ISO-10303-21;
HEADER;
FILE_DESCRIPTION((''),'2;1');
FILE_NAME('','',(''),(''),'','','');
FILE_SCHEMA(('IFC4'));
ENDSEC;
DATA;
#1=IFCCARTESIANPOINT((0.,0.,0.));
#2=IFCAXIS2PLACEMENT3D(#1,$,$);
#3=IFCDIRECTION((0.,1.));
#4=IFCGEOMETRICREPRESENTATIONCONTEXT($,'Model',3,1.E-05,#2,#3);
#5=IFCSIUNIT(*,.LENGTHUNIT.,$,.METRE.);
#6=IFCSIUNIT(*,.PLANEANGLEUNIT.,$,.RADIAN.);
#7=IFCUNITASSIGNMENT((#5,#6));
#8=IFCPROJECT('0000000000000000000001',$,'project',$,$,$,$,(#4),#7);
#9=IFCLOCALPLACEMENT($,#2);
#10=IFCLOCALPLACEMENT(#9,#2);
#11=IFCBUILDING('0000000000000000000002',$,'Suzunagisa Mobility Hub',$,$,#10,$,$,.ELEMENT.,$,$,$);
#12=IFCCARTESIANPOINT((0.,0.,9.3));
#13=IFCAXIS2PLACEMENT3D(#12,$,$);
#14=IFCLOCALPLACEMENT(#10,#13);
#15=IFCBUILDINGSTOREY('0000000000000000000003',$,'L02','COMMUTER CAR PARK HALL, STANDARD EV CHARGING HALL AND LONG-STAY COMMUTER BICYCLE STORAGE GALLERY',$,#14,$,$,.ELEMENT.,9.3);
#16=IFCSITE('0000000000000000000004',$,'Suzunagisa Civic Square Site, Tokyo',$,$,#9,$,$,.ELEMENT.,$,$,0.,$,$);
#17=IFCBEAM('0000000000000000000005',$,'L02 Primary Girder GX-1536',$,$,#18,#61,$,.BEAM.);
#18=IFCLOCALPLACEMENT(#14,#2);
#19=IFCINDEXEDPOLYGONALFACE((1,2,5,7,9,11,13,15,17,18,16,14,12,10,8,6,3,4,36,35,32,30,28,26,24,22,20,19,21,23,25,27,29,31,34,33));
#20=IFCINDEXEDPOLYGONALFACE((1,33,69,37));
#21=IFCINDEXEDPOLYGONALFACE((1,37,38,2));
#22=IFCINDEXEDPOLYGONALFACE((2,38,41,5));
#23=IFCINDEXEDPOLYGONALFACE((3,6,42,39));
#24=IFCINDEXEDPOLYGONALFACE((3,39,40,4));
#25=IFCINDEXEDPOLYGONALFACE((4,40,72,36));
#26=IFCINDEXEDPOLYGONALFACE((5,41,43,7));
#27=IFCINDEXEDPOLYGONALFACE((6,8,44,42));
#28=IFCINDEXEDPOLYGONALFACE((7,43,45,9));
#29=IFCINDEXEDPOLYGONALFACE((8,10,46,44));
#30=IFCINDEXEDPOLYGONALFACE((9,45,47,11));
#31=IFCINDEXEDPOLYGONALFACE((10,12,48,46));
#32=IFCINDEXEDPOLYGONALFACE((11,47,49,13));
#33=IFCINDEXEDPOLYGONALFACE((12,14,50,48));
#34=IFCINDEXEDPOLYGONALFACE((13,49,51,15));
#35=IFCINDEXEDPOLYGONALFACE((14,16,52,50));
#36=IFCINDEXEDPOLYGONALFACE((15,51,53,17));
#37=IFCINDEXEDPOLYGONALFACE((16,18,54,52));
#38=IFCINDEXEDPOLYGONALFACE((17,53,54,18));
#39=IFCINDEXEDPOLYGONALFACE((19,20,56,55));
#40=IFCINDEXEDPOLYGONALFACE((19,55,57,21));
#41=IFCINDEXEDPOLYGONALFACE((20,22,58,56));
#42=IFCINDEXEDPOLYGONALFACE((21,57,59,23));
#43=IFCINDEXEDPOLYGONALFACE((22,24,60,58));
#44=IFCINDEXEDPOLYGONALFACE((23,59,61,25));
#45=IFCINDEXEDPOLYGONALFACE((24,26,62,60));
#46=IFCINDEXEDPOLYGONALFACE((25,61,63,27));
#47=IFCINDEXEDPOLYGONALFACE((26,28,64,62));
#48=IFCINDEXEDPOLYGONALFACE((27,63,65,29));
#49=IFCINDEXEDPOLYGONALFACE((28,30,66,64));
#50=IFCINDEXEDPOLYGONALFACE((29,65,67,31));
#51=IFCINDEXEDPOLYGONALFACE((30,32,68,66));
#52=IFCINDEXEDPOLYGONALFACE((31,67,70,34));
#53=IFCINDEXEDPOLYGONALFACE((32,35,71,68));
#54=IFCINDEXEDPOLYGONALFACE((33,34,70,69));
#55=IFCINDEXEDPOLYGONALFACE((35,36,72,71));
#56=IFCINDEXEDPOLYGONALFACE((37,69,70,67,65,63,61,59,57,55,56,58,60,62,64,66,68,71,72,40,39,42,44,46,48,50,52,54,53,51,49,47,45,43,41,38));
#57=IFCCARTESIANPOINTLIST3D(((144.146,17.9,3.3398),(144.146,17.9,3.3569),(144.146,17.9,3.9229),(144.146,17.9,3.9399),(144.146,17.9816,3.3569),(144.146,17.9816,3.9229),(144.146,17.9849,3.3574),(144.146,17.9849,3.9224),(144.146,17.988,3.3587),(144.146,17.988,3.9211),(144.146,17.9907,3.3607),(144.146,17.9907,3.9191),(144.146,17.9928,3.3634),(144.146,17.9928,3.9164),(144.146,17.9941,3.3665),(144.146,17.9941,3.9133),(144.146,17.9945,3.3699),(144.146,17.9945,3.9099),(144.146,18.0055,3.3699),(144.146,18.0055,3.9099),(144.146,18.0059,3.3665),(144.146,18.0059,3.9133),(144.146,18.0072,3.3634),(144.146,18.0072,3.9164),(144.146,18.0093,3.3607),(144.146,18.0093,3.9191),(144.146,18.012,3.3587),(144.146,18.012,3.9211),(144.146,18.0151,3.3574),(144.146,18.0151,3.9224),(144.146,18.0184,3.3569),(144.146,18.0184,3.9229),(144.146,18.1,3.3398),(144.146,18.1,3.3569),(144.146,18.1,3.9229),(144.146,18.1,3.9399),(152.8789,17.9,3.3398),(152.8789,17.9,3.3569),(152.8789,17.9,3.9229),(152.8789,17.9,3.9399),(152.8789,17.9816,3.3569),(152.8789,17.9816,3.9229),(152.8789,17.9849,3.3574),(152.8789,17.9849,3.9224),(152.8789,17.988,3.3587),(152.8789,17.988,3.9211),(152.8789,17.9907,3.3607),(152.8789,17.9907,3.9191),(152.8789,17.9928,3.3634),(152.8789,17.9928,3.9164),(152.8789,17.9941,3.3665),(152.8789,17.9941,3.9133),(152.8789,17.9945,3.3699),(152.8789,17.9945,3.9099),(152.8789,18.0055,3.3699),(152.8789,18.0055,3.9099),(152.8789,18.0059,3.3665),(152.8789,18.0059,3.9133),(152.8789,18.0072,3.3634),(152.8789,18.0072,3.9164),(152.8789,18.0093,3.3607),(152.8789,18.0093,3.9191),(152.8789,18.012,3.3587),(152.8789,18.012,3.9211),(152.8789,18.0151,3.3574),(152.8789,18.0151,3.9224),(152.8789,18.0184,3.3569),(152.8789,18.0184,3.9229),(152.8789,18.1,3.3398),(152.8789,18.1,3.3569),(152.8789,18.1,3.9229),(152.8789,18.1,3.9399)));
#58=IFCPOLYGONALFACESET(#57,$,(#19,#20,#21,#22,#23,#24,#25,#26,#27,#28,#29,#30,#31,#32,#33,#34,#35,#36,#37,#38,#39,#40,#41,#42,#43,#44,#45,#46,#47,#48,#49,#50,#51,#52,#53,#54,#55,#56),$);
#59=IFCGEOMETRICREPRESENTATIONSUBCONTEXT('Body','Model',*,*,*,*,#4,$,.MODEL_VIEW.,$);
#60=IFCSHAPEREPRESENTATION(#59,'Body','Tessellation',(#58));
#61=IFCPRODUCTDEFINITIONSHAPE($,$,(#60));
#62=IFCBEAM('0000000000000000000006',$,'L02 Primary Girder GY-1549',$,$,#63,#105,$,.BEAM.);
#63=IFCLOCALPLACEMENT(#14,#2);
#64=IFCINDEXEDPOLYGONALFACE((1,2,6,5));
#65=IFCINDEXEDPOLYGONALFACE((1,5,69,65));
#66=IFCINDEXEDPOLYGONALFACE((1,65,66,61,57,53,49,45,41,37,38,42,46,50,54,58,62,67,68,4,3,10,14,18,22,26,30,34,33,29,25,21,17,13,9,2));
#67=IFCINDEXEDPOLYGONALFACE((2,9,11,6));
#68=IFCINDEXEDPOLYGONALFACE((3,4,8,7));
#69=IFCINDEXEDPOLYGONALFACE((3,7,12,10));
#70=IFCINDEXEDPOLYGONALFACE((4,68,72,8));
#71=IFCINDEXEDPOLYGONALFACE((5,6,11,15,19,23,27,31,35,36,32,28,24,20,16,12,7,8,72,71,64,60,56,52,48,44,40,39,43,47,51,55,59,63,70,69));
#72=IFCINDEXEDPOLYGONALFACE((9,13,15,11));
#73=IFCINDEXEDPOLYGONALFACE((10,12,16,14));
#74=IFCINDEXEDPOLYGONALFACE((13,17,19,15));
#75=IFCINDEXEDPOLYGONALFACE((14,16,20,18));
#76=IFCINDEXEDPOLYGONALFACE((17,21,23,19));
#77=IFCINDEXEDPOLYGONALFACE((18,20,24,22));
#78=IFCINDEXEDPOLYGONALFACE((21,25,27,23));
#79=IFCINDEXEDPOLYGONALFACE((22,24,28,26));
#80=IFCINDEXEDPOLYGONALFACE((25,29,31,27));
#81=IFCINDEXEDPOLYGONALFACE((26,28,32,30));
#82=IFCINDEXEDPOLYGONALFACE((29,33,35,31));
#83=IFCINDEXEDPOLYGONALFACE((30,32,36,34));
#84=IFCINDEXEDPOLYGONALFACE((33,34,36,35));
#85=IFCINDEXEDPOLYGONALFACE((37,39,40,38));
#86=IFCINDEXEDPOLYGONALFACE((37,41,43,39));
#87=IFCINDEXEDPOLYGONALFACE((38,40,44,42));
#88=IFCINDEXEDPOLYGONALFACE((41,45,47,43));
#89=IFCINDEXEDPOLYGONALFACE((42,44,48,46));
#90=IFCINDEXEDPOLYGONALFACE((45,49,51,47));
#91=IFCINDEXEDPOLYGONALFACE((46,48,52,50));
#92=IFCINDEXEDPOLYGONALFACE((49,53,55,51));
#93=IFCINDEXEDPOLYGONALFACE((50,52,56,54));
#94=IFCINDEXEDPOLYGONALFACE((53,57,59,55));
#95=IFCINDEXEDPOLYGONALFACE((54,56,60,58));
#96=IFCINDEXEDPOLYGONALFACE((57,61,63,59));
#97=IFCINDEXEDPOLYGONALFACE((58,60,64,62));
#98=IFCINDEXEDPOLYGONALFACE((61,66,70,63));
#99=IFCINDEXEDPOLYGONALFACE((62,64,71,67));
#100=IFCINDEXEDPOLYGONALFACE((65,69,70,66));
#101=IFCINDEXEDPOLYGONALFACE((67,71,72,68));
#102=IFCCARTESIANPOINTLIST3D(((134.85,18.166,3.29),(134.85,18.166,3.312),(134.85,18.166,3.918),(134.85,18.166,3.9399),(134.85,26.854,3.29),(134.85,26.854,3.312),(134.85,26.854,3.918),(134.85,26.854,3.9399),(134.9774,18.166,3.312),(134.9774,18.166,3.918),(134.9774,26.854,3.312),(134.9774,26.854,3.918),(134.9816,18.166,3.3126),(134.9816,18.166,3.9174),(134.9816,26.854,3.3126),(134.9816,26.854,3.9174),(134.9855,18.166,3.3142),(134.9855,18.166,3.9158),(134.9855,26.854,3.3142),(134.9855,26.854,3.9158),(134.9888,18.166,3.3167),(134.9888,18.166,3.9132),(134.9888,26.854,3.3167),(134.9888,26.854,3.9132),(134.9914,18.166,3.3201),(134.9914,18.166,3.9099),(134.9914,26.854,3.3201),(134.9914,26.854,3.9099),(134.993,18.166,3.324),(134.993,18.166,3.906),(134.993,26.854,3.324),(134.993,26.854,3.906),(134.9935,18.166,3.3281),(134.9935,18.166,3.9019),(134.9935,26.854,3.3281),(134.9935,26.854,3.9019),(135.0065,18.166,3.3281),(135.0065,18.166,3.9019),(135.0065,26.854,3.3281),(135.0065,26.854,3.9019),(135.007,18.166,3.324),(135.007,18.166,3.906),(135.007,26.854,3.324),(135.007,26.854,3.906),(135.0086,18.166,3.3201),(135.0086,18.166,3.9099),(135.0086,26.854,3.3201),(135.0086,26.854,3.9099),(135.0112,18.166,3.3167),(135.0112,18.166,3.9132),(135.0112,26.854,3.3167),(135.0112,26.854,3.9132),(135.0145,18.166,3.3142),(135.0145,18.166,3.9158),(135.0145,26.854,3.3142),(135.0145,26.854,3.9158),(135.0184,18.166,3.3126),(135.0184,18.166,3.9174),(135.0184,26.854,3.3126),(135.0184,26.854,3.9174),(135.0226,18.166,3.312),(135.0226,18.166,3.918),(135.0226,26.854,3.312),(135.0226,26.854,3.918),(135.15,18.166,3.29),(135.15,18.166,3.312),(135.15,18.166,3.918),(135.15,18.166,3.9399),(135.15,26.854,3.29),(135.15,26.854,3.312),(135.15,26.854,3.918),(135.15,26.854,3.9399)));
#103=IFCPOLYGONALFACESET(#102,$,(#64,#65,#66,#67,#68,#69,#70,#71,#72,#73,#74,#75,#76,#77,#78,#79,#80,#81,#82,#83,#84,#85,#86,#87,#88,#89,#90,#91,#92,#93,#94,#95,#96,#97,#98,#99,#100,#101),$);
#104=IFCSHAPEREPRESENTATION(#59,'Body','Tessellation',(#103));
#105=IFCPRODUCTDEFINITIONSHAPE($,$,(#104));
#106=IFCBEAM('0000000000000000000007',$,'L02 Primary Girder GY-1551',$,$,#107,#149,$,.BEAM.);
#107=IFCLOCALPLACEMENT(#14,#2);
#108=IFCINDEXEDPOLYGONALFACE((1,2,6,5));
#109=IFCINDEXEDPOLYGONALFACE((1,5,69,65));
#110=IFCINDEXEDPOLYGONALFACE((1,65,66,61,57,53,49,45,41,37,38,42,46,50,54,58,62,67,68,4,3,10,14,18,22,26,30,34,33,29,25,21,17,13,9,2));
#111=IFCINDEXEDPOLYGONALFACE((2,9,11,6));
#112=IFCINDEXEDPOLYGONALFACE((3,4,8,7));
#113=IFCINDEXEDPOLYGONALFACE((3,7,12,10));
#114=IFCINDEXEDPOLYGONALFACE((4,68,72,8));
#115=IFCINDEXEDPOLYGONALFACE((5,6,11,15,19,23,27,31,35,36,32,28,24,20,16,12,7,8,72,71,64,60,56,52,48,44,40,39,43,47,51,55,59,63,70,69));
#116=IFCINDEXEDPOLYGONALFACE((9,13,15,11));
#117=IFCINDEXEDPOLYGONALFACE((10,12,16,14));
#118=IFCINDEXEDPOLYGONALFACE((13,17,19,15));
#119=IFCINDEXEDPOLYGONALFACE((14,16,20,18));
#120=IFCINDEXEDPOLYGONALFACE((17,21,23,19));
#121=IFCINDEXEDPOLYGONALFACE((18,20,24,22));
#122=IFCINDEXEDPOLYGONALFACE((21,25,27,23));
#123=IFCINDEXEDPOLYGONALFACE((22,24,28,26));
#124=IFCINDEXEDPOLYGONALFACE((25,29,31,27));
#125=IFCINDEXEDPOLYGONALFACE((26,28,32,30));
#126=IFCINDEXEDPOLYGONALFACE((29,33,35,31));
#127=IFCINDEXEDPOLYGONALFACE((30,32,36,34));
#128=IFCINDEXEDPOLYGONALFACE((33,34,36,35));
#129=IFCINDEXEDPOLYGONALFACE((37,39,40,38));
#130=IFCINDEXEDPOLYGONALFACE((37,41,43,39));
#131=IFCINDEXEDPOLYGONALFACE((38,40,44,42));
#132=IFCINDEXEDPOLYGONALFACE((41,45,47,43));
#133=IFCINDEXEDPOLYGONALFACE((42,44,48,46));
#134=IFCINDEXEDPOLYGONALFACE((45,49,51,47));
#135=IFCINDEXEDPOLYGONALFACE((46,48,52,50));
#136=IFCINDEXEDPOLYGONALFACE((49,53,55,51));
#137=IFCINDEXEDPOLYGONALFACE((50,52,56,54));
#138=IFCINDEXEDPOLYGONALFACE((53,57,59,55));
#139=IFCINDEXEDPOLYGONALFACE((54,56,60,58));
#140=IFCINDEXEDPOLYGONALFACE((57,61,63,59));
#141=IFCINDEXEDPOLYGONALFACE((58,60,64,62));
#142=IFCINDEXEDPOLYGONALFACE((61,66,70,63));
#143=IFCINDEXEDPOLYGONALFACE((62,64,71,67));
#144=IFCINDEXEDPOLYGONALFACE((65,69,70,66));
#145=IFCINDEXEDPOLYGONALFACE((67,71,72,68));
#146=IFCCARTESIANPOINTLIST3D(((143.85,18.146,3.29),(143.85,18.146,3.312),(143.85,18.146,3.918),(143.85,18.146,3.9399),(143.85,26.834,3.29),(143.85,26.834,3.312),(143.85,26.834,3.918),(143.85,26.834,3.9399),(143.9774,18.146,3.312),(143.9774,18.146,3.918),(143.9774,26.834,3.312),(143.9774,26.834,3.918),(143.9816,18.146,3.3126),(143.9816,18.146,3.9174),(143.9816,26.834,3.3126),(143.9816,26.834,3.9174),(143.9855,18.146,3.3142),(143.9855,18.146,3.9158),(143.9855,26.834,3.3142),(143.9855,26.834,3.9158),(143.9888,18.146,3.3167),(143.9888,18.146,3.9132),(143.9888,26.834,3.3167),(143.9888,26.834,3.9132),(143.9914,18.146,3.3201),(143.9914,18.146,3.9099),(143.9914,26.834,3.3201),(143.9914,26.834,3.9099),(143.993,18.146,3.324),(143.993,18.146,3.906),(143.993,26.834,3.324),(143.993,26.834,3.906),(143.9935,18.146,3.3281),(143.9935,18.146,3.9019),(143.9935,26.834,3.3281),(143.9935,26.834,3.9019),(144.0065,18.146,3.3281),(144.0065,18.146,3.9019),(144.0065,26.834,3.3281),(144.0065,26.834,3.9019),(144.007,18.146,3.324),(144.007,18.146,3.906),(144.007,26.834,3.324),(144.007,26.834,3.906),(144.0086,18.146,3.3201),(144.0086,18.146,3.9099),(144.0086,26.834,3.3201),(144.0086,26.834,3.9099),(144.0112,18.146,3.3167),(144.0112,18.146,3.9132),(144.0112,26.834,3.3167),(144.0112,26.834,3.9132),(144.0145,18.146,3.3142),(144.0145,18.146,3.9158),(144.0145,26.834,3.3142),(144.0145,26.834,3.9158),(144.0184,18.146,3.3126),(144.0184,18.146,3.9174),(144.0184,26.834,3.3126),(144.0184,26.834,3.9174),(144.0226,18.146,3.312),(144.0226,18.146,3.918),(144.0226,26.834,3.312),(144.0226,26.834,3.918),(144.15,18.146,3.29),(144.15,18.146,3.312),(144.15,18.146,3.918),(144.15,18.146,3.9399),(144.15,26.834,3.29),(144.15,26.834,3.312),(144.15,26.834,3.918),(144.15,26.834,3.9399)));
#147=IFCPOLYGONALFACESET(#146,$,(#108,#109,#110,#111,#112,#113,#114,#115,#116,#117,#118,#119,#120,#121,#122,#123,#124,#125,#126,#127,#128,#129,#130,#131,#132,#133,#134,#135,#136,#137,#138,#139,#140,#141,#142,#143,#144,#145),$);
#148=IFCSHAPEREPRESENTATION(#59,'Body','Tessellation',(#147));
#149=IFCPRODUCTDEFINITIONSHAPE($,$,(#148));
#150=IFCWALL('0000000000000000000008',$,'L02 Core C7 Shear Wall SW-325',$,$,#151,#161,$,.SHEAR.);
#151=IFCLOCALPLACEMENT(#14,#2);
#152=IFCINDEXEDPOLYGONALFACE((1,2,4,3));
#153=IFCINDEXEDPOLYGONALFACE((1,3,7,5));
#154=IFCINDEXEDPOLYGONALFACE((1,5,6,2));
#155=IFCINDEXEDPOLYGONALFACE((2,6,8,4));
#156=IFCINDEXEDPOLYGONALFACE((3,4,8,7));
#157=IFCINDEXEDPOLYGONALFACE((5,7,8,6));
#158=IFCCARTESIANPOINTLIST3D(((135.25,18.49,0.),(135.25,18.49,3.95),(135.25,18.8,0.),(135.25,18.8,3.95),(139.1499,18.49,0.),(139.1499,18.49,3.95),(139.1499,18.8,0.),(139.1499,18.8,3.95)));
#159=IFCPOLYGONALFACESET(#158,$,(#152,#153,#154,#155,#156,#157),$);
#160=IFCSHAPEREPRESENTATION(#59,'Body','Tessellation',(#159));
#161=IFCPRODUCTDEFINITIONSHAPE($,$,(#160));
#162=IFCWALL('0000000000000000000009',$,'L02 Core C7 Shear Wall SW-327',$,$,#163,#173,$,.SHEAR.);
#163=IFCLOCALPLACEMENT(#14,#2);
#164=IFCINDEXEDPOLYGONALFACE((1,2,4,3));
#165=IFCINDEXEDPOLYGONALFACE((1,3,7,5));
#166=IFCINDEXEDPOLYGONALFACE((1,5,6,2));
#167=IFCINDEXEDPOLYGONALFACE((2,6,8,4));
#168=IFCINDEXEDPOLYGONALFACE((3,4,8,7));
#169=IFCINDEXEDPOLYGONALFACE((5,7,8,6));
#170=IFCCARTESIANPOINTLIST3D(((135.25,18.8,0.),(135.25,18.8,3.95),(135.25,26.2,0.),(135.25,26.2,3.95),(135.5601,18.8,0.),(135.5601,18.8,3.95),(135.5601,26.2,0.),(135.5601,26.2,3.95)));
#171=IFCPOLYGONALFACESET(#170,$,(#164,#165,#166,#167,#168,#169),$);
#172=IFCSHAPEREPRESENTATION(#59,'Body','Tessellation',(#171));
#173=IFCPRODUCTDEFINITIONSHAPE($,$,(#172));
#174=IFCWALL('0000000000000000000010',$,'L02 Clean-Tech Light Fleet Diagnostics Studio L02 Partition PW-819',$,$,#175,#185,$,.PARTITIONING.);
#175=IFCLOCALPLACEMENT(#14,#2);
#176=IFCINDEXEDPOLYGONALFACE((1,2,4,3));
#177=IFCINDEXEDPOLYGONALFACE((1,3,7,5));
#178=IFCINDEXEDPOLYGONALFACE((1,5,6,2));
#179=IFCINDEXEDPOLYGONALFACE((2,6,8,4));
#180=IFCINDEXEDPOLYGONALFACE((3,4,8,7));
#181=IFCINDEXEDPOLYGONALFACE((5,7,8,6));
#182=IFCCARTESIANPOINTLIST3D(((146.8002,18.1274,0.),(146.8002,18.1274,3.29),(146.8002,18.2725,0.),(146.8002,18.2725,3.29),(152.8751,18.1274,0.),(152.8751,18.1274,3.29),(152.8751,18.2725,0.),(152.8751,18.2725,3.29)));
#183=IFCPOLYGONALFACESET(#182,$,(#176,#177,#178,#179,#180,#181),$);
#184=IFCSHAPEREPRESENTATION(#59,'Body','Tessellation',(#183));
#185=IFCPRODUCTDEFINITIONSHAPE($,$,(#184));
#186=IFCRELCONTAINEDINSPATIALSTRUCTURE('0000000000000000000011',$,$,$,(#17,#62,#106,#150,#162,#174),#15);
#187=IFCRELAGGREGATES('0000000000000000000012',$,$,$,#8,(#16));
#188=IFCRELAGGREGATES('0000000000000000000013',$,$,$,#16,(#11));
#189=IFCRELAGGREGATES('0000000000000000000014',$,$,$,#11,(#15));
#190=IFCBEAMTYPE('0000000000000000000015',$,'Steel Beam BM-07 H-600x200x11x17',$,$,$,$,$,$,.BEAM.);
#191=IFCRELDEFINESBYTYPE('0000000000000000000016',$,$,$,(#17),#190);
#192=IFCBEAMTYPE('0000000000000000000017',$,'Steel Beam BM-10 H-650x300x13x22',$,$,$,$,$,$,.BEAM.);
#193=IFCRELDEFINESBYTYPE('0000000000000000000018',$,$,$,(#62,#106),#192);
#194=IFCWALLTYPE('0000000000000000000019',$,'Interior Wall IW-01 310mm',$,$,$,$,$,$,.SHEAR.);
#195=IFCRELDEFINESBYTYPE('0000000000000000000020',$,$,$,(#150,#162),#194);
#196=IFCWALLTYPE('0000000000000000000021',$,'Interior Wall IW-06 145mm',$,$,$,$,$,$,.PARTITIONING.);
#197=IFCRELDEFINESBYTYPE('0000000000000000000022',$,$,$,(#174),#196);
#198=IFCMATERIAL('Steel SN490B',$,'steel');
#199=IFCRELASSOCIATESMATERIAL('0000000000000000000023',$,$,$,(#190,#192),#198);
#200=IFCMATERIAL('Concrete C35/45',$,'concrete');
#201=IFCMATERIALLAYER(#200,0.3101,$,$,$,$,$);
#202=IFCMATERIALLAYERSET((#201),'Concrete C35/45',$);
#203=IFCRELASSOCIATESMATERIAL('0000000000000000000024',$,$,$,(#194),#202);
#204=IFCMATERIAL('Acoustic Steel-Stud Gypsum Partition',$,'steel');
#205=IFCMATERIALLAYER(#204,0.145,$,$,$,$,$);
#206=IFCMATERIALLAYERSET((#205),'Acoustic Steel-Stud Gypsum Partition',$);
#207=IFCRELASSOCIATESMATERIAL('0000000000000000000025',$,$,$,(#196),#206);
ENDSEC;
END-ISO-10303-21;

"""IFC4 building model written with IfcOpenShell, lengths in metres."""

from ifc_helpers import new_model, si_unit, direction, frame, frame_2d, origin, origin_2d, place, context, subcontext, project, spatial, rectangle, i_section, extrude, material, layer, layer_set, material_profile, profile_set, type_object, element, save


model = new_model("IFC4")

# Units and contexts
model_context = context("Model", 3, precision=1e-05, world=origin(), true_north=direction((0.0, 1.0)))
body_context = subcontext(model_context, "Body", "Model", "MODEL_VIEW")
ifc_project = project(units=[si_unit("LENGTHUNIT", "METRE"), si_unit("PLANEANGLEUNIT", "RADIAN")], contexts=[model_context])

# Site, building, storey
site_placement = place(None, origin())
site = spatial("IfcSite", under=ifc_project, at=site_placement, Name="Suzunagisa Civic Square Site, Tokyo", CompositionType="ELEMENT", RefElevation=0.0)
building_placement = place(site_placement, origin())
building = spatial("IfcBuilding", under=site, at=building_placement, Name="Suzunagisa Mobility Hub", CompositionType="ELEMENT")
storey_placement = place(building_placement, frame((0.0, 0.0, 9.3)))
storey = spatial("IfcBuildingStorey", under=building, at=storey_placement, Name="L02", Description="COMMUTER CAR PARK HALL, STANDARD EV CHARGING HALL AND LONG-STAY COMMUTER BICYCLE STORAGE GALLERY", CompositionType="ELEMENT", Elevation=9.3)

# Shared definitions
ifc_material_1 = material(Name="Steel SN490B", Category="steel")

# Beams
ifc_material_profile_1 = material_profile(ifc_material_1, i_section(OverallWidth=0.2, OverallDepth=0.6001, WebThickness=0.011, FlangeThickness=0.0171, FilletRadius=0.0129, at=origin_2d()), Name="H-600x200x11x17")
ifc_profile_set_1 = profile_set([ifc_material_profile_1], Name="Steel SN490B")
beam_type_1 = type_object("IfcBeamType", Name="Steel Beam BM-07 H-600x200x11x17", PredefinedType="BEAM", material=ifc_profile_set_1)
for number, where, z_axis, x_axis, name in (
    (1, (144.146, 18.0, 3.6399), (1.0, 0.0, 0.0), (0.0, 1.0, 0.0), "L02 Primary Girder GX-1536"),
):
    element("IfcBeam", number, at=place(storey_placement, frame(where, z_axis=z_axis, x_axis=x_axis)), inside=storey, type_object=beam_type_1, Name=name, PredefinedType="BEAM", context=body_context, shape_type="SweptSolid", body=[
        extrude(i_section(OverallWidth=0.2, OverallDepth=0.6001, WebThickness=0.011, FlangeThickness=0.0171, FilletRadius=0.0129, at=origin_2d()), origin(), (0.0, 0.0, 1.0), 8.7329),
    ])
ifc_material_profile_2 = material_profile(ifc_material_1, i_section(OverallWidth=0.3, OverallDepth=0.6499, WebThickness=0.0129, FlangeThickness=0.022, FilletRadius=0.0161, at=origin_2d()), Name="H-650x300x13x22")
ifc_profile_set_2 = profile_set([ifc_material_profile_2], Name="Steel SN490B")
beam_type_2 = type_object("IfcBeamType", Name="Steel Beam BM-10 H-650x300x13x22", PredefinedType="BEAM", material=ifc_profile_set_2)
for number, where, z_axis, x_axis, name in (
    (2, (135.0, 18.166, 3.615), (0.0, 1.0, 0.0), (-1.0, 0.0, 0.0), "L02 Primary Girder GY-1549"),
    (3, (144.0, 18.146, 3.615), (0.0, 1.0, 0.0), (-1.0, 0.0, 0.0), "L02 Primary Girder GY-1551"),
):
    element("IfcBeam", number, at=place(storey_placement, frame(where, z_axis=z_axis, x_axis=x_axis)), inside=storey, type_object=beam_type_2, Name=name, PredefinedType="BEAM", context=body_context, shape_type="SweptSolid", body=[
        extrude(i_section(OverallWidth=0.3, OverallDepth=0.6499, WebThickness=0.0129, FlangeThickness=0.022, FilletRadius=0.0161, at=origin_2d()), origin(), (0.0, 0.0, 1.0), 8.688),
    ])

# Walls
ifc_material_2 = material(Name="Concrete C35/45", Category="concrete")
ifc_layer_1 = layer(ifc_material_2, 0.3101)
ifc_layer_set_1 = layer_set([ifc_layer_1], Name="Concrete C35/45")
wall_type_1 = type_object("IfcWallType", Name="Interior Wall IW-01 310mm", PredefinedType="SHEAR", material=ifc_layer_set_1)
wall_1_placement = place(storey_placement, frame((135.25, 18.645, 0.0), z_axis=(0.0, 0.0, 1.0), x_axis=(1.0, 0.0, 0.0)))
element("IfcWall", 4, at=wall_1_placement, inside=storey, type_object=wall_type_1, Name="L02 Core C7 Shear Wall SW-325", PredefinedType="SHEAR", context=body_context, shape_type="SweptSolid", body=[
    extrude(rectangle(XDim=3.8999, YDim=0.3101, at=frame_2d((1.95, 0.0))), origin(), (0.0, 0.0, 1.0), 3.95),
])
wall_2_placement = place(storey_placement, frame((135.405, 18.8, 0.0), z_axis=(0.0, 0.0, 1.0), x_axis=(0.0, 1.0, 0.0)))
element("IfcWall", 5, at=wall_2_placement, inside=storey, type_object=wall_type_1, Name="L02 Core C7 Shear Wall SW-327", PredefinedType="SHEAR", context=body_context, shape_type="SweptSolid", body=[
    extrude(rectangle(XDim=7.3999, YDim=0.3101, at=frame_2d((3.7, 0.0))), origin(), (0.0, 0.0, 1.0), 3.95),
])

# Wall
ifc_material_3 = material(Name="Acoustic Steel-Stud Gypsum Partition", Category="steel")
ifc_layer_2 = layer(ifc_material_3, 0.145)
ifc_layer_set_2 = layer_set([ifc_layer_2], Name="Acoustic Steel-Stud Gypsum Partition")
wall_type_2 = type_object("IfcWallType", Name="Interior Wall IW-06 145mm", PredefinedType="PARTITIONING", material=ifc_layer_set_2)
wall_3_placement = place(storey_placement, frame((146.8, 18.2, 0.0), z_axis=(0.0, 0.0, 1.0), x_axis=(1.0, 0.0, 0.0)))
element("IfcWall", 6, at=wall_3_placement, inside=storey, type_object=wall_type_2, Name="L02 Clean-Tech Light Fleet Diagnostics Studio L02 Partition PW-819", PredefinedType="PARTITIONING", context=body_context, shape_type="SweptSolid", body=[
    extrude(rectangle(XDim=6.075, YDim=0.145, at=frame_2d((3.0376, 0.0))), origin(), (0.0, 0.0, 1.0), 3.29),
])

save(model, "model.ifc")
